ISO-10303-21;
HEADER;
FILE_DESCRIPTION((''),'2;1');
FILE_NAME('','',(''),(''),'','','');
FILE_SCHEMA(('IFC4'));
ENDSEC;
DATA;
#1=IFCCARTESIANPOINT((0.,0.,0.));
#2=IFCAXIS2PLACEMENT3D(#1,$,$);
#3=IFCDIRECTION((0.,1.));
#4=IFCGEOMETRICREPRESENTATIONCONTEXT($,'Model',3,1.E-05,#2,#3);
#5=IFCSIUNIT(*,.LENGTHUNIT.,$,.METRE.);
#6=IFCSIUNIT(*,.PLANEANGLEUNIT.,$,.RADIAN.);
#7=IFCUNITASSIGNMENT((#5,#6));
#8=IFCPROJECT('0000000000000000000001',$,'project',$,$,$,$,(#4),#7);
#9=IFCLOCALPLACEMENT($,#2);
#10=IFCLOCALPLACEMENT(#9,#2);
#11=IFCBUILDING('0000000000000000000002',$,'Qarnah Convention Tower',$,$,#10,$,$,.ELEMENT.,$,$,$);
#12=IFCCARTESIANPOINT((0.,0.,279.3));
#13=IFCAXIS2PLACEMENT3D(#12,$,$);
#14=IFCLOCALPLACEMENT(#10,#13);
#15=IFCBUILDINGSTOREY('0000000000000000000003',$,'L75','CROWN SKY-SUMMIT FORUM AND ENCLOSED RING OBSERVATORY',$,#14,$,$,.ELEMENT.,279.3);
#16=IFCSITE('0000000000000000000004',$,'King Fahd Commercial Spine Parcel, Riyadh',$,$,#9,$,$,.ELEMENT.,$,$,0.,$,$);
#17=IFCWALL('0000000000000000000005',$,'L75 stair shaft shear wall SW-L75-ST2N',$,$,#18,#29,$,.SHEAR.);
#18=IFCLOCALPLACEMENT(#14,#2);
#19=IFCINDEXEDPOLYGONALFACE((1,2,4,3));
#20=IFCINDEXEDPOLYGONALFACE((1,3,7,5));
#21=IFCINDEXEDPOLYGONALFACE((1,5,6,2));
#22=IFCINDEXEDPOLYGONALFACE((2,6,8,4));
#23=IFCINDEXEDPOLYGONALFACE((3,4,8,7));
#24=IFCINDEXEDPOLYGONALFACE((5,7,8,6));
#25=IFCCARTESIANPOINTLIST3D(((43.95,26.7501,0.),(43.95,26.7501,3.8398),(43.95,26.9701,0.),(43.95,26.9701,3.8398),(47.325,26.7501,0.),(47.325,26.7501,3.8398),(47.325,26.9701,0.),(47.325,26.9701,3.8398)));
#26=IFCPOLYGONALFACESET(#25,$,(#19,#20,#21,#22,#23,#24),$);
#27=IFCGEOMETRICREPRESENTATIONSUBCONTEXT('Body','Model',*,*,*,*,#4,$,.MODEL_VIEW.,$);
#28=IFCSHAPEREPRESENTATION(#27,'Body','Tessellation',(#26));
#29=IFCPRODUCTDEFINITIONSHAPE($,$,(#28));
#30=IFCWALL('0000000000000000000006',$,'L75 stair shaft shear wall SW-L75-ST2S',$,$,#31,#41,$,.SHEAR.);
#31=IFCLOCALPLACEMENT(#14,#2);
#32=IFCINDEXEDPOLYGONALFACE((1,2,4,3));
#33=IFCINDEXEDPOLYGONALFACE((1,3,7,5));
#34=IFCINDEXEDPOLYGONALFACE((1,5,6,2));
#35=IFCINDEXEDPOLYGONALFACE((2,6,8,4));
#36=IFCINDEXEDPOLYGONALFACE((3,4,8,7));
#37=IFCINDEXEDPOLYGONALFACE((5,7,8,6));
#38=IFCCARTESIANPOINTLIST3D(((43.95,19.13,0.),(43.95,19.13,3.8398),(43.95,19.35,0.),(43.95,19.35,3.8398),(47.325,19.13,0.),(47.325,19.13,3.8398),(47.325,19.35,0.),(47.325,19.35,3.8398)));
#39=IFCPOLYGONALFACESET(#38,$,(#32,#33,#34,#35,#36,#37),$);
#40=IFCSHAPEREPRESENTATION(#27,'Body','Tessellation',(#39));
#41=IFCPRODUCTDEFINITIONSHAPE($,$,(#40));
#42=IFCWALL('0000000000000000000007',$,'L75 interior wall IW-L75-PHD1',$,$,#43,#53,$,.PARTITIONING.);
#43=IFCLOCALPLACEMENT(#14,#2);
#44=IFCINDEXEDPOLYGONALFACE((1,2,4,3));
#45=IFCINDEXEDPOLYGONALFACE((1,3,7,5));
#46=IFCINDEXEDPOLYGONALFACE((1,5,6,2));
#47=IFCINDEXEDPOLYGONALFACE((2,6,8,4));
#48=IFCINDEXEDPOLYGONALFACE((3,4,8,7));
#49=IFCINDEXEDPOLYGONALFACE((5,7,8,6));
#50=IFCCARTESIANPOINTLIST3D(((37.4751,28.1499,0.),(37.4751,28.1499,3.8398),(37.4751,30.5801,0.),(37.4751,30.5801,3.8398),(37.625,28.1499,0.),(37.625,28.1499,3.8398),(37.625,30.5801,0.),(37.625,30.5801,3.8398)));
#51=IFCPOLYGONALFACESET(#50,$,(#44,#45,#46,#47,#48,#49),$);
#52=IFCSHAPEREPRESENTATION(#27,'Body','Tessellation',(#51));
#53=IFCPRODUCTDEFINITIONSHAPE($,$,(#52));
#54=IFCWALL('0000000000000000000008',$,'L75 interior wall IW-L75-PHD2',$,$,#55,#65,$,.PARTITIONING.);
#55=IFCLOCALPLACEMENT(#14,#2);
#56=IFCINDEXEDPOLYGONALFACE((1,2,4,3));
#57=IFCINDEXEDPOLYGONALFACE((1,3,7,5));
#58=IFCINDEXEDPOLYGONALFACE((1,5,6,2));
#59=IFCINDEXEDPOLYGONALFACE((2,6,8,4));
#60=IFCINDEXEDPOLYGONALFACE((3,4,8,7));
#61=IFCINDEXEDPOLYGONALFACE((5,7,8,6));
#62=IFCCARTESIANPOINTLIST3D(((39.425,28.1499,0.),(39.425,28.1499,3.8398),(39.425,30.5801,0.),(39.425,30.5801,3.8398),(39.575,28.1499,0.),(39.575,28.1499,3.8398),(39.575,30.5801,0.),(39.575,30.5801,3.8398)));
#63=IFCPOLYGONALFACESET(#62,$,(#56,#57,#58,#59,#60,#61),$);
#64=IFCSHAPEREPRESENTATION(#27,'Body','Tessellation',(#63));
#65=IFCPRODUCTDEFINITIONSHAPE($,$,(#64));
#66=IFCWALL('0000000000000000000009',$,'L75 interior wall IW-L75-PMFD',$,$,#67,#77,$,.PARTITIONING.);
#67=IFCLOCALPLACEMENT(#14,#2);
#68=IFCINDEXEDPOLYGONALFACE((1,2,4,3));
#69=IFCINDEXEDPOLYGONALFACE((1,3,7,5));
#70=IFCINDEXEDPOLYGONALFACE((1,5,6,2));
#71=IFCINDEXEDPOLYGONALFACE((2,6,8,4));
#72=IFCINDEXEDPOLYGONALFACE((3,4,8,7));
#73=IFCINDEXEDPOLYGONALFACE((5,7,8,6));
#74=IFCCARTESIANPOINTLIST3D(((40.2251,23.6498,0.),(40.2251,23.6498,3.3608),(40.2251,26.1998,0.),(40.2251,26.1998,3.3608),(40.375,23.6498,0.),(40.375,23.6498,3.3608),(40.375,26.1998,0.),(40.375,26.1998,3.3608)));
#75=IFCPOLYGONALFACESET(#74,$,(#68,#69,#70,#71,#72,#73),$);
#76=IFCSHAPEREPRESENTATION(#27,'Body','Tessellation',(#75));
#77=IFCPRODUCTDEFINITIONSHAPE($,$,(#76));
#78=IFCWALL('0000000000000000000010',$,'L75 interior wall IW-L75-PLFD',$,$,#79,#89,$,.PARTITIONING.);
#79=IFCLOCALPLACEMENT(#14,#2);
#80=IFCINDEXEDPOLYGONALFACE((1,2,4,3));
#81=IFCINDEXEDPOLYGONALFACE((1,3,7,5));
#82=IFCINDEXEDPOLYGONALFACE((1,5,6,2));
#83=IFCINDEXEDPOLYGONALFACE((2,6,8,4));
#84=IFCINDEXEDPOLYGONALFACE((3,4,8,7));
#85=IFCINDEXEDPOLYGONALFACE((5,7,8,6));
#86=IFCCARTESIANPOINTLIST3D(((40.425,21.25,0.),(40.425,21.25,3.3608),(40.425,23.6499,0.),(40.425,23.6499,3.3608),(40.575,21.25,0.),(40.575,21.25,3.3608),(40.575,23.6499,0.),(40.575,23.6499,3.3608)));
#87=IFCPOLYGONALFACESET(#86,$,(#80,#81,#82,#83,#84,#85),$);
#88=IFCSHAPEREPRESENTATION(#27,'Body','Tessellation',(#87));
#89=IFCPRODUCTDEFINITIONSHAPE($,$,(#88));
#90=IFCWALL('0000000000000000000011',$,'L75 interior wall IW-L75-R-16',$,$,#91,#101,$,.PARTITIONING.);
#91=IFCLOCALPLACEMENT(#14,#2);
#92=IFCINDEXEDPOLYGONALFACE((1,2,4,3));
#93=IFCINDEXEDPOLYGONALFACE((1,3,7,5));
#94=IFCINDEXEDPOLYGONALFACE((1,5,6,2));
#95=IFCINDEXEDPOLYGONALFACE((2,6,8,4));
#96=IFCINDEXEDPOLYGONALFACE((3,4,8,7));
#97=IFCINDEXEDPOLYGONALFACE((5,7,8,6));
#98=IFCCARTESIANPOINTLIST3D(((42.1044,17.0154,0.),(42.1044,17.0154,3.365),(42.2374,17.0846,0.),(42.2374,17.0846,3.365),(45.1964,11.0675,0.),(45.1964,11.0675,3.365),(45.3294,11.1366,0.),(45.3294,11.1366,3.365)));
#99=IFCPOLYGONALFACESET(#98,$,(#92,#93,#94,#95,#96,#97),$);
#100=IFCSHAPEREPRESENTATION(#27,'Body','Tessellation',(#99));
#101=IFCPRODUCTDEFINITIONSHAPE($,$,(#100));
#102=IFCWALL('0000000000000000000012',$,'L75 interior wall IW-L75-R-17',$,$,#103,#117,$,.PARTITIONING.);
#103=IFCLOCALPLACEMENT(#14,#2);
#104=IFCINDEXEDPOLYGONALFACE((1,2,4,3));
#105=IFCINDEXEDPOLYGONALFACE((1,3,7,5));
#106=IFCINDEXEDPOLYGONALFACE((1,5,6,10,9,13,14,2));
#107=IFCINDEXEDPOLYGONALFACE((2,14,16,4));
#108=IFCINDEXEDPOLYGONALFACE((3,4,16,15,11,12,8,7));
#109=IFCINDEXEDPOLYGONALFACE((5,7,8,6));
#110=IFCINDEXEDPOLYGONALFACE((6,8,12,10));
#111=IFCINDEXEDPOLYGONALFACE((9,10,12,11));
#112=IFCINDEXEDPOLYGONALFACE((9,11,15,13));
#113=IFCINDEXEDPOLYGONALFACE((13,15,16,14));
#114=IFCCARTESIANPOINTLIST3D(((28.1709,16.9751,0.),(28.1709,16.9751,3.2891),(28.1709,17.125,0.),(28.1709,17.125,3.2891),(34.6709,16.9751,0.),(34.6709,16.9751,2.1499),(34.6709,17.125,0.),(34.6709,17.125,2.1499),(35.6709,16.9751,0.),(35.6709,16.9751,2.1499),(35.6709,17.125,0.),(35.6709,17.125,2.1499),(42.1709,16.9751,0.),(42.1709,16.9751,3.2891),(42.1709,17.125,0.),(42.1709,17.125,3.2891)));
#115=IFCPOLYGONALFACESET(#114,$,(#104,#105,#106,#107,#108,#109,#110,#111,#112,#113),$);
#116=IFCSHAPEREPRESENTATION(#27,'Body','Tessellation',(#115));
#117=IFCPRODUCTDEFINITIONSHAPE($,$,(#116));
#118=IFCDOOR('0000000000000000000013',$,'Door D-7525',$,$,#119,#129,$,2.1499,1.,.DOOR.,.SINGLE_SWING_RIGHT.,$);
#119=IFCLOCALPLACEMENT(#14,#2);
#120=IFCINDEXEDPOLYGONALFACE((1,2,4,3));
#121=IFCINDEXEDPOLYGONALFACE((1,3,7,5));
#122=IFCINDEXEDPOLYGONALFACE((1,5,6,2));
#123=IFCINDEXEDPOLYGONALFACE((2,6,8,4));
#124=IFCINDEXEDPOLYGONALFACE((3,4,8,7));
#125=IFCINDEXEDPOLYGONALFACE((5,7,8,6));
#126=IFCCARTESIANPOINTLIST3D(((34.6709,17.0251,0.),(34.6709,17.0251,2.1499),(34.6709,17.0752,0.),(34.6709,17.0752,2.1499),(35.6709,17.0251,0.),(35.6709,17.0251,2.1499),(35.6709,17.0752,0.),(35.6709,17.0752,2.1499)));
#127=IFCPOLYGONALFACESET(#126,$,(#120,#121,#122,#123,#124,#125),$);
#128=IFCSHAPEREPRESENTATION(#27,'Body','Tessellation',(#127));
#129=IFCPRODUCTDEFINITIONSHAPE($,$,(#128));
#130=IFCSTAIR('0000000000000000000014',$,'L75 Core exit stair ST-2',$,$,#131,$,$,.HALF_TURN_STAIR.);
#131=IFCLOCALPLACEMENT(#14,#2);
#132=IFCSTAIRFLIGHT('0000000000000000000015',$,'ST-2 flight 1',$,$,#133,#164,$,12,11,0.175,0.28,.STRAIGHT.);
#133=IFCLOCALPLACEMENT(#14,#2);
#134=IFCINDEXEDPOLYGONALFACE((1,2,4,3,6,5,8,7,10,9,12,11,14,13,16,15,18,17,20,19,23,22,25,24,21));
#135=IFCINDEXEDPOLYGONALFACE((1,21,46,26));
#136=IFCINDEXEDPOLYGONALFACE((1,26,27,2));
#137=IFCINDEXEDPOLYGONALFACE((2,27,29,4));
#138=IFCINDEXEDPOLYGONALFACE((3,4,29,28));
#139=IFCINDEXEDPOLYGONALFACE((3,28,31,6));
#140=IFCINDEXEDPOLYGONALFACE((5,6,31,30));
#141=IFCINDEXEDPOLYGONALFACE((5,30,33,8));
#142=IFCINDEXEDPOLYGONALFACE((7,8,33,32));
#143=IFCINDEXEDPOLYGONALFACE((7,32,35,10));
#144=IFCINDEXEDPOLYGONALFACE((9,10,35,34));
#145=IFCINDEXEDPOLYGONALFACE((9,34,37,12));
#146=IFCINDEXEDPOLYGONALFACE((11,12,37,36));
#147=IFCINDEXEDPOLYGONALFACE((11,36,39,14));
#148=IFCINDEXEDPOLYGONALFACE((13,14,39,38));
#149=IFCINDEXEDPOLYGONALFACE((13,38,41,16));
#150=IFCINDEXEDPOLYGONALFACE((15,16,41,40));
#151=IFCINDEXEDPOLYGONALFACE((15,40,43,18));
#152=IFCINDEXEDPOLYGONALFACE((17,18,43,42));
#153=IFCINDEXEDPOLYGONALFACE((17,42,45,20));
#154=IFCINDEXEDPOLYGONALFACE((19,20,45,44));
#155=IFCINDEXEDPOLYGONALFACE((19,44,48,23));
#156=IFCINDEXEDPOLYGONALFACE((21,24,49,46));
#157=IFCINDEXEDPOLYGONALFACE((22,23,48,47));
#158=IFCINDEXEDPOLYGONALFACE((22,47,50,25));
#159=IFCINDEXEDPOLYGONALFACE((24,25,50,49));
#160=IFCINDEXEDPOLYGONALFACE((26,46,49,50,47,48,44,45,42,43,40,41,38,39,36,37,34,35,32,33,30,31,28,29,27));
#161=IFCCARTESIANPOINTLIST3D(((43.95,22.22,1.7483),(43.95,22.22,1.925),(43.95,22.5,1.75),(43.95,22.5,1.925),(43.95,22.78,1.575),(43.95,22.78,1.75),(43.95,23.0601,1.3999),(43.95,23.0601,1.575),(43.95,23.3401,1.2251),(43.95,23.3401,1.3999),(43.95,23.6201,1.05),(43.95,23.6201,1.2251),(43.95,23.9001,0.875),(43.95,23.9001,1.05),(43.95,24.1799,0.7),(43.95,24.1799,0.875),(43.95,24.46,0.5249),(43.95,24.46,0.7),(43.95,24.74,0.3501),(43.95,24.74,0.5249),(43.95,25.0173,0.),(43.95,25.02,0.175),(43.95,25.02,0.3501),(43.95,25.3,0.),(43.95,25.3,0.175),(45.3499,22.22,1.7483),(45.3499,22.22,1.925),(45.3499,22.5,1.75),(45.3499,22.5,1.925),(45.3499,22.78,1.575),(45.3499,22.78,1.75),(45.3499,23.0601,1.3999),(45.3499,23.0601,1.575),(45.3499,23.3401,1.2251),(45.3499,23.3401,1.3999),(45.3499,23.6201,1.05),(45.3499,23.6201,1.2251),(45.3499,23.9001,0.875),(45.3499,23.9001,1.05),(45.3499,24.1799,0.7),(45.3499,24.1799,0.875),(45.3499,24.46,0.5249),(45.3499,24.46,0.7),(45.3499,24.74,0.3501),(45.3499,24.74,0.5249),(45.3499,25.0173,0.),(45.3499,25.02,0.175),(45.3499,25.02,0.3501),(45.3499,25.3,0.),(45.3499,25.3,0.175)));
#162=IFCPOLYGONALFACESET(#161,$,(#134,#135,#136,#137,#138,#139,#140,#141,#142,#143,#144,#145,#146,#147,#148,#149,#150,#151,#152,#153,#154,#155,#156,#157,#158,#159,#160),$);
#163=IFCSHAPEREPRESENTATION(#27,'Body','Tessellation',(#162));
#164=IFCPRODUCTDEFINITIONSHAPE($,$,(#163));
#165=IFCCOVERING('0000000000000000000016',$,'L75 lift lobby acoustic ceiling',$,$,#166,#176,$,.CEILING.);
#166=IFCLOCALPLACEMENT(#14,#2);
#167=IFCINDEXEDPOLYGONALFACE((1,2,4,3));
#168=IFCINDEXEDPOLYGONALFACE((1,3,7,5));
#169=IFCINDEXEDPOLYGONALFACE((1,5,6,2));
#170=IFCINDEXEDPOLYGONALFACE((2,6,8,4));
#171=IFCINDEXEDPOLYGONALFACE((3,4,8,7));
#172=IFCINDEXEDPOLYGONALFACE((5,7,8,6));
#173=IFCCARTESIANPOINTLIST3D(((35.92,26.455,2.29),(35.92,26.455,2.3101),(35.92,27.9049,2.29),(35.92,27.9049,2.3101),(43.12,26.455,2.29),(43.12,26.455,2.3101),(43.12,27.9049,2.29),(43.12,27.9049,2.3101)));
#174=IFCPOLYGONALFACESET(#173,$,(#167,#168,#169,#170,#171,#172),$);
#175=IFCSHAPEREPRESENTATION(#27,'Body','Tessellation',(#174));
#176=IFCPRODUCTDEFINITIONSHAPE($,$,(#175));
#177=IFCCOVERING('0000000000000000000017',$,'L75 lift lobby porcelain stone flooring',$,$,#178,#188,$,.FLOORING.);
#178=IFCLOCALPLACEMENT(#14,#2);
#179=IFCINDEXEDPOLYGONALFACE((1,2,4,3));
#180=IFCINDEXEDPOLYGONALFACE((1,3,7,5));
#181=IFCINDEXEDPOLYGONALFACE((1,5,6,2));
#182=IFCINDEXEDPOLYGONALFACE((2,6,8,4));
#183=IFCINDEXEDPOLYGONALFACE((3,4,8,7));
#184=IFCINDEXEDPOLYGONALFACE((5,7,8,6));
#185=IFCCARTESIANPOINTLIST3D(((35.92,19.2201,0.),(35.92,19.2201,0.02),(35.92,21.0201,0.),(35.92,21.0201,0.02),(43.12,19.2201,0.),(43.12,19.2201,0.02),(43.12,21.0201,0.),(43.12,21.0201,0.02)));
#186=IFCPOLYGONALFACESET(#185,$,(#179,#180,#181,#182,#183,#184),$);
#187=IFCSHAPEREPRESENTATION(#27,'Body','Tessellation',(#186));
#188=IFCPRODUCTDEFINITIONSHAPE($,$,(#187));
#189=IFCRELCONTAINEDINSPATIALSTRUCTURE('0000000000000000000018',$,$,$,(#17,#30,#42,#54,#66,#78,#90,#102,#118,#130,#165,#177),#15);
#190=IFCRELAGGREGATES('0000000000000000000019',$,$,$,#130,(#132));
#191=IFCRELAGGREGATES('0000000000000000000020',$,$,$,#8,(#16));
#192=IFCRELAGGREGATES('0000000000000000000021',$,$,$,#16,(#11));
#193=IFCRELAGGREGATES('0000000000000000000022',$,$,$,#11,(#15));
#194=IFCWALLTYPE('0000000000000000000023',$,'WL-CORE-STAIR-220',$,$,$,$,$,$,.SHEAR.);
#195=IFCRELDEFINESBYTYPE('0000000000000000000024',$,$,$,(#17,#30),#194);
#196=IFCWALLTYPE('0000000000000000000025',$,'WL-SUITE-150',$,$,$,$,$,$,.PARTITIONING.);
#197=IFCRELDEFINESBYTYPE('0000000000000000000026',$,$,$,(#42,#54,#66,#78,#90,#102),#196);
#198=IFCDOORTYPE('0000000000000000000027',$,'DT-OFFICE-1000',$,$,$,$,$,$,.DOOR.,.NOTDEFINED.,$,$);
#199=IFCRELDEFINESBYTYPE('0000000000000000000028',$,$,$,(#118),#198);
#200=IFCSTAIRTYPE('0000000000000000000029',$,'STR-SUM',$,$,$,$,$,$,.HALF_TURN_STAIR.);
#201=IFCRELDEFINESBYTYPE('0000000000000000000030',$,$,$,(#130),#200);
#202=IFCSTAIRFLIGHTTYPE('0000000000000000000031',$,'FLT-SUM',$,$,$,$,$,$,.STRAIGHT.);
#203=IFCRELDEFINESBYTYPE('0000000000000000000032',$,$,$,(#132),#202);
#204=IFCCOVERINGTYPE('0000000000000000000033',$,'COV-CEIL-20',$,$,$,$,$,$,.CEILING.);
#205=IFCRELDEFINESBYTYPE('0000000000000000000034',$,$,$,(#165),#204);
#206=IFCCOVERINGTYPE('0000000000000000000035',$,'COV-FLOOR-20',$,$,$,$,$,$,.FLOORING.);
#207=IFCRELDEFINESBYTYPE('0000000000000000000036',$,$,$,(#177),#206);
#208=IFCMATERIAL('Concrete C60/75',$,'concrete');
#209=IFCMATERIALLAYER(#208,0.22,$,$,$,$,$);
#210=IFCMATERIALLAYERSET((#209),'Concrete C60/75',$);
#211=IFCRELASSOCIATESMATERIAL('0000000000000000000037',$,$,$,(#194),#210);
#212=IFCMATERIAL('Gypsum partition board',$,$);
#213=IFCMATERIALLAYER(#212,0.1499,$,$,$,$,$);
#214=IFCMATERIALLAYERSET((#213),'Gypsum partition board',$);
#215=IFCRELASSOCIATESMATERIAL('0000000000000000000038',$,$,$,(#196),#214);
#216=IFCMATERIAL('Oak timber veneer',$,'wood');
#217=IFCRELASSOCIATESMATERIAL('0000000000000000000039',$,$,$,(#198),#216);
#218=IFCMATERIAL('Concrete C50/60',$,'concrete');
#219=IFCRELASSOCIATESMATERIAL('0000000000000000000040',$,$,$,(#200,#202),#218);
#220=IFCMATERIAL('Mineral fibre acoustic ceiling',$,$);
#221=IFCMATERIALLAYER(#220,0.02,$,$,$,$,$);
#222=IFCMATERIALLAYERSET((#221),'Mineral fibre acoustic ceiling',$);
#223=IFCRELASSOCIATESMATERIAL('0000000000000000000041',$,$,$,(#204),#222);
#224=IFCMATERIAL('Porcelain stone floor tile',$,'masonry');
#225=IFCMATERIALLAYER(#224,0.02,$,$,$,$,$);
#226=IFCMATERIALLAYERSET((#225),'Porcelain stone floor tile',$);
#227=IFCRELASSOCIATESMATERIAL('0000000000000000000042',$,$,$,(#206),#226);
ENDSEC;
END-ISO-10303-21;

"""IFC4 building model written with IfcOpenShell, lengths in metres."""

from ifc_helpers import new_model, si_unit, direction, frame, frame_2d, origin, origin_2d, place, context, subcontext, project, spatial, polyline, rectangle, outline, extrude, material, layer, layer_set, type_object, element, fill, aggregate, save


model = new_model("IFC4")

# Units and contexts
model_context = context("Model", 3, precision=1e-05, world=origin(), true_north=direction((0.0, 1.0)))
body_context = subcontext(model_context, "Body", "Model", "MODEL_VIEW")
ifc_project = project(units=[si_unit("LENGTHUNIT", "METRE"), si_unit("PLANEANGLEUNIT", "RADIAN")], contexts=[model_context])

# Site, building, storey
site_placement = place(None, origin())
site = spatial("IfcSite", under=ifc_project, at=site_placement, Name="King Fahd Commercial Spine Parcel, Riyadh", CompositionType="ELEMENT", RefElevation=0.0)
building_placement = place(site_placement, origin())
building = spatial("IfcBuilding", under=site, at=building_placement, Name="Qarnah Convention Tower", CompositionType="ELEMENT")
storey_placement = place(building_placement, frame((0.0, 0.0, 279.3)))
storey = spatial("IfcBuildingStorey", under=building, at=storey_placement, Name="L75", Description="CROWN SKY-SUMMIT FORUM AND ENCLOSED RING OBSERVATORY", CompositionType="ELEMENT", Elevation=279.3)

# Shared definitions
ifc_material_1 = material(Name="Concrete C50/60", Category="concrete")

# Shared definitions
ifc_material_2 = material(Name="Concrete C60/75", Category="concrete")

# Walls
ifc_layer_1 = layer(ifc_material_2, 0.22)
ifc_layer_set_1 = layer_set([ifc_layer_1], Name="Concrete C60/75")
wall_type_1 = type_object("IfcWallType", Name="WL-CORE-STAIR-220", PredefinedType="SHEAR", material=ifc_layer_set_1)
for number, where, z_axis, x_axis, name in (
    (1, (43.95, 26.8601, 0.0), (0.0, 0.0, 1.0), (1.0, 0.0, 0.0), "L75 stair shaft shear wall SW-L75-ST2N"),
    (2, (43.95, 19.24, 0.0), (0.0, 0.0, 1.0), (1.0, 0.0, 0.0), "L75 stair shaft shear wall SW-L75-ST2S"),
):
    element("IfcWall", number, at=place(storey_placement, frame(where, z_axis=z_axis, x_axis=x_axis)), inside=storey, type_object=wall_type_1, Name=name, PredefinedType="SHEAR", context=body_context, shape_type="SweptSolid", body=[
        extrude(rectangle(XDim=3.375, YDim=0.22, at=frame_2d((1.6875, 0.0))), origin(), (0.0, 0.0, 1.0), 3.8398),
    ])
ifc_material_3 = material(Name="Gypsum partition board")
ifc_layer_2 = layer(ifc_material_3, 0.1499)
ifc_layer_set_2 = layer_set([ifc_layer_2], Name="Gypsum partition board")
wall_type_2 = type_object("IfcWallType", Name="WL-SUITE-150", PredefinedType="PARTITIONING", material=ifc_layer_set_2)
for number, where, z_axis, x_axis, name in (
    (3, (37.55, 28.1499, 0.0), (0.0, 0.0, 1.0), (0.0, 1.0, 0.0), "L75 interior wall IW-L75-PHD1"),
    (4, (39.5, 28.1499, 0.0), (0.0, 0.0, 1.0), (0.0, 1.0, 0.0), "L75 interior wall IW-L75-PHD2"),
):
    element("IfcWall", number, at=place(storey_placement, frame(where, z_axis=z_axis, x_axis=x_axis)), inside=storey, type_object=wall_type_2, Name=name, PredefinedType="PARTITIONING", context=body_context, shape_type="SweptSolid", body=[
        extrude(rectangle(XDim=2.4302, YDim=0.1499, at=frame_2d((1.2151, 0.0))), origin(), (0.0, 0.0, 1.0), 3.8398),
    ])
wall_1_placement = place(storey_placement, frame((40.3, 23.6499, 0.0), z_axis=(0.0, 0.0, 1.0), x_axis=(0.0, 1.0, 0.0)))
element("IfcWall", 5, at=wall_1_placement, inside=storey, type_object=wall_type_2, Name="L75 interior wall IW-L75-PMFD", PredefinedType="PARTITIONING", context=body_context, shape_type="SweptSolid", body=[
    extrude(rectangle(XDim=2.55, YDim=0.1499, at=frame_2d((1.2749, 0.0))), origin(), (0.0, 0.0, 1.0), 3.3608),
])
wall_2_placement = place(storey_placement, frame((40.5, 21.25, 0.0), z_axis=(0.0, 0.0, 1.0), x_axis=(0.0, 1.0, 0.0)))
element("IfcWall", 6, at=wall_2_placement, inside=storey, type_object=wall_type_2, Name="L75 interior wall IW-L75-PLFD", PredefinedType="PARTITIONING", context=body_context, shape_type="SweptSolid", body=[
    extrude(rectangle(XDim=2.3999, YDim=0.1499, at=frame_2d((1.2, 0.0))), origin(), (0.0, 0.0, 1.0), 3.3608),
])
wall_3_placement = place(storey_placement, frame((45.2629, 11.1021, 0.0), z_axis=(0.0, 0.0, 1.0), x_axis=(-0.461245, 0.887273, 0.0)))
element("IfcWall", 7, at=wall_3_placement, inside=storey, type_object=wall_type_2, Name="L75 interior wall IW-L75-R-16", PredefinedType="PARTITIONING", context=body_context, shape_type="SweptSolid", body=[
    extrude(rectangle(XDim=6.7036, YDim=0.1499, at=frame_2d((3.3518, 0.0))), origin(), (0.0, 0.0, 1.0), 3.365),
])

# Wall, opening, door
wall_4_placement = place(storey_placement, frame((42.1709, 17.05, 0.0), z_axis=(0.0, 0.0, 1.0), x_axis=(-1.0, 0.0, 0.0)))
wall_4 = element("IfcWall", 8, at=wall_4_placement, inside=storey, type_object=wall_type_2, Name="L75 interior wall IW-L75-R-17", PredefinedType="PARTITIONING", context=body_context, shape_type="SweptSolid", body=[
    extrude(rectangle(XDim=14.0, YDim=0.1499, at=frame_2d((7.0, 0.0))), origin(), (0.0, 0.0, 1.0), 3.2891),
])
opening_1_placement = place(wall_4_placement, frame((6.5, 0.0, 0.0)))
opening_1 = element("IfcOpeningElement", 9, at=opening_1_placement, cuts=wall_4, PredefinedType="OPENING", context=body_context, shape_type="SweptSolid", body=[
    extrude(rectangle(XDim=1.0, YDim=2.1499, at=frame_2d((0.5, 1.075))), frame((0.0, 0.085, 0.0), z_axis=(0.0, -1.0, 0.0), x_axis=(1.0, 0.0, 0.0)), (0.0, 0.0, 1.0), 0.1699),
])
ifc_material_4 = material(Name="Oak timber veneer", Category="wood")
door_type_1 = type_object("IfcDoorType", Name="DT-OFFICE-1000", OperationType="NOTDEFINED", PredefinedType="DOOR", material=ifc_material_4)
door_1_placement = place(opening_1_placement, origin())
door_1 = element("IfcDoor", 10, at=door_1_placement, inside=storey, type_object=door_type_1, Name="Door D-7525", OperationType="SINGLE_SWING_RIGHT", OverallHeight=2.1499, OverallWidth=1.0, PredefinedType="DOOR", context=body_context, shape_type="SweptSolid", body=[
    extrude(rectangle(XDim=1.0, YDim=2.1499, at=frame_2d((0.5, 1.075))), frame((0.0, 0.0249, 0.0), z_axis=(0.0, -1.0, 0.0), x_axis=(1.0, 0.0, 0.0)), (0.0, 0.0, 1.0), 0.05),
])
fill(opening_1, door_1)

# Stair, stair flight
stair_type = type_object("IfcStairType", Name="STR-SUM", PredefinedType="HALF_TURN_STAIR", material=ifc_material_1)
stair_placement = place(storey_placement, origin())
stair = element("IfcStair", 11, at=stair_placement, inside=storey, type_object=stair_type, Name="L75 Core exit stair ST-2", PredefinedType="HALF_TURN_STAIR")
stair_flight_type = type_object("IfcStairFlightType", Name="FLT-SUM", PredefinedType="STRAIGHT", material=ifc_material_1)
stair_flight_placement = place(storey_placement, frame((44.6499, 25.3, 0.0), z_axis=(0.0, 0.0, 1.0), x_axis=(0.0, -1.0, 0.0)))
stair_flight = element("IfcStairFlight", 12, at=stair_flight_placement, type_object=stair_flight_type, Name="ST-2 flight 1", NumberOfRisers=12, NumberOfTreads=11, PredefinedType="STRAIGHT", RiserHeight=0.175, TreadLength=0.28, context=body_context, shape_type="SweptSolid", body=[
    extrude(outline(polyline([(0.0, 0.0), (0.0, 0.175), (0.28, 0.175), (0.28, 0.3501), (0.5601, 0.3501), (0.5601, 0.5249), (0.8401, 0.5249), (0.8401, 0.7), (1.1201, 0.7), (1.1201, 0.875), (1.3999, 0.875), (1.3999, 1.05), (1.6799, 1.05), (1.6799, 1.2251), (1.96, 1.2251), (1.96, 1.3999), (2.24, 1.3999), (2.24, 1.575), (2.52, 1.575), (2.52, 1.75), (2.8, 1.75), (2.8, 1.925), (3.0801, 1.925), (3.0801, 2.1001), (3.0801, 1.7483), (0.2827, 0.0), (0.0, 0.0)])), frame((0.0, 0.7, 0.0), z_axis=(0.0, -1.0, 0.0), x_axis=(1.0, 0.0, 0.0)), (0.0, 0.0, 1.0), 1.3999),
])
aggregate(stair, [stair_flight])

# Coverings
ifc_material_5 = material(Name="Mineral fibre acoustic ceiling")
ifc_layer_3 = layer(ifc_material_5, 0.02)
ifc_layer_set_3 = layer_set([ifc_layer_3], Name="Mineral fibre acoustic ceiling")
covering_type_1 = type_object("IfcCoveringType", Name="COV-CEIL-20", PredefinedType="CEILING", material=ifc_layer_set_3)
covering_1_placement = place(storey_placement, frame((39.52, 27.1799, 2.29), z_axis=(0.0, 0.0, 1.0), x_axis=(1.0, 0.0, 0.0)))
element("IfcCovering", 13, at=covering_1_placement, inside=storey, type_object=covering_type_1, Name="L75 lift lobby acoustic ceiling", PredefinedType="CEILING", context=body_context, shape_type="SweptSolid", body=[
    extrude(rectangle(XDim=7.2, YDim=1.45, at=origin_2d()), origin(), (0.0, 0.0, 1.0), 0.02),
])
ifc_material_6 = material(Name="Porcelain stone floor tile", Category="masonry")
ifc_layer_4 = layer(ifc_material_6, 0.02)
ifc_layer_set_4 = layer_set([ifc_layer_4], Name="Porcelain stone floor tile")
covering_type_2 = type_object("IfcCoveringType", Name="COV-FLOOR-20", PredefinedType="FLOORING", material=ifc_layer_set_4)
covering_2_placement = place(storey_placement, frame((39.52, 20.1201, 0.0), z_axis=(0.0, 0.0, 1.0), x_axis=(1.0, 0.0, 0.0)))
element("IfcCovering", 14, at=covering_2_placement, inside=storey, type_object=covering_type_2, Name="L75 lift lobby porcelain stone flooring", PredefinedType="FLOORING", context=body_context, shape_type="SweptSolid", body=[
    extrude(rectangle(XDim=7.2, YDim=1.8, at=origin_2d()), origin(), (0.0, 0.0, 1.0), 0.02),
])

save(model, "model.ifc")
